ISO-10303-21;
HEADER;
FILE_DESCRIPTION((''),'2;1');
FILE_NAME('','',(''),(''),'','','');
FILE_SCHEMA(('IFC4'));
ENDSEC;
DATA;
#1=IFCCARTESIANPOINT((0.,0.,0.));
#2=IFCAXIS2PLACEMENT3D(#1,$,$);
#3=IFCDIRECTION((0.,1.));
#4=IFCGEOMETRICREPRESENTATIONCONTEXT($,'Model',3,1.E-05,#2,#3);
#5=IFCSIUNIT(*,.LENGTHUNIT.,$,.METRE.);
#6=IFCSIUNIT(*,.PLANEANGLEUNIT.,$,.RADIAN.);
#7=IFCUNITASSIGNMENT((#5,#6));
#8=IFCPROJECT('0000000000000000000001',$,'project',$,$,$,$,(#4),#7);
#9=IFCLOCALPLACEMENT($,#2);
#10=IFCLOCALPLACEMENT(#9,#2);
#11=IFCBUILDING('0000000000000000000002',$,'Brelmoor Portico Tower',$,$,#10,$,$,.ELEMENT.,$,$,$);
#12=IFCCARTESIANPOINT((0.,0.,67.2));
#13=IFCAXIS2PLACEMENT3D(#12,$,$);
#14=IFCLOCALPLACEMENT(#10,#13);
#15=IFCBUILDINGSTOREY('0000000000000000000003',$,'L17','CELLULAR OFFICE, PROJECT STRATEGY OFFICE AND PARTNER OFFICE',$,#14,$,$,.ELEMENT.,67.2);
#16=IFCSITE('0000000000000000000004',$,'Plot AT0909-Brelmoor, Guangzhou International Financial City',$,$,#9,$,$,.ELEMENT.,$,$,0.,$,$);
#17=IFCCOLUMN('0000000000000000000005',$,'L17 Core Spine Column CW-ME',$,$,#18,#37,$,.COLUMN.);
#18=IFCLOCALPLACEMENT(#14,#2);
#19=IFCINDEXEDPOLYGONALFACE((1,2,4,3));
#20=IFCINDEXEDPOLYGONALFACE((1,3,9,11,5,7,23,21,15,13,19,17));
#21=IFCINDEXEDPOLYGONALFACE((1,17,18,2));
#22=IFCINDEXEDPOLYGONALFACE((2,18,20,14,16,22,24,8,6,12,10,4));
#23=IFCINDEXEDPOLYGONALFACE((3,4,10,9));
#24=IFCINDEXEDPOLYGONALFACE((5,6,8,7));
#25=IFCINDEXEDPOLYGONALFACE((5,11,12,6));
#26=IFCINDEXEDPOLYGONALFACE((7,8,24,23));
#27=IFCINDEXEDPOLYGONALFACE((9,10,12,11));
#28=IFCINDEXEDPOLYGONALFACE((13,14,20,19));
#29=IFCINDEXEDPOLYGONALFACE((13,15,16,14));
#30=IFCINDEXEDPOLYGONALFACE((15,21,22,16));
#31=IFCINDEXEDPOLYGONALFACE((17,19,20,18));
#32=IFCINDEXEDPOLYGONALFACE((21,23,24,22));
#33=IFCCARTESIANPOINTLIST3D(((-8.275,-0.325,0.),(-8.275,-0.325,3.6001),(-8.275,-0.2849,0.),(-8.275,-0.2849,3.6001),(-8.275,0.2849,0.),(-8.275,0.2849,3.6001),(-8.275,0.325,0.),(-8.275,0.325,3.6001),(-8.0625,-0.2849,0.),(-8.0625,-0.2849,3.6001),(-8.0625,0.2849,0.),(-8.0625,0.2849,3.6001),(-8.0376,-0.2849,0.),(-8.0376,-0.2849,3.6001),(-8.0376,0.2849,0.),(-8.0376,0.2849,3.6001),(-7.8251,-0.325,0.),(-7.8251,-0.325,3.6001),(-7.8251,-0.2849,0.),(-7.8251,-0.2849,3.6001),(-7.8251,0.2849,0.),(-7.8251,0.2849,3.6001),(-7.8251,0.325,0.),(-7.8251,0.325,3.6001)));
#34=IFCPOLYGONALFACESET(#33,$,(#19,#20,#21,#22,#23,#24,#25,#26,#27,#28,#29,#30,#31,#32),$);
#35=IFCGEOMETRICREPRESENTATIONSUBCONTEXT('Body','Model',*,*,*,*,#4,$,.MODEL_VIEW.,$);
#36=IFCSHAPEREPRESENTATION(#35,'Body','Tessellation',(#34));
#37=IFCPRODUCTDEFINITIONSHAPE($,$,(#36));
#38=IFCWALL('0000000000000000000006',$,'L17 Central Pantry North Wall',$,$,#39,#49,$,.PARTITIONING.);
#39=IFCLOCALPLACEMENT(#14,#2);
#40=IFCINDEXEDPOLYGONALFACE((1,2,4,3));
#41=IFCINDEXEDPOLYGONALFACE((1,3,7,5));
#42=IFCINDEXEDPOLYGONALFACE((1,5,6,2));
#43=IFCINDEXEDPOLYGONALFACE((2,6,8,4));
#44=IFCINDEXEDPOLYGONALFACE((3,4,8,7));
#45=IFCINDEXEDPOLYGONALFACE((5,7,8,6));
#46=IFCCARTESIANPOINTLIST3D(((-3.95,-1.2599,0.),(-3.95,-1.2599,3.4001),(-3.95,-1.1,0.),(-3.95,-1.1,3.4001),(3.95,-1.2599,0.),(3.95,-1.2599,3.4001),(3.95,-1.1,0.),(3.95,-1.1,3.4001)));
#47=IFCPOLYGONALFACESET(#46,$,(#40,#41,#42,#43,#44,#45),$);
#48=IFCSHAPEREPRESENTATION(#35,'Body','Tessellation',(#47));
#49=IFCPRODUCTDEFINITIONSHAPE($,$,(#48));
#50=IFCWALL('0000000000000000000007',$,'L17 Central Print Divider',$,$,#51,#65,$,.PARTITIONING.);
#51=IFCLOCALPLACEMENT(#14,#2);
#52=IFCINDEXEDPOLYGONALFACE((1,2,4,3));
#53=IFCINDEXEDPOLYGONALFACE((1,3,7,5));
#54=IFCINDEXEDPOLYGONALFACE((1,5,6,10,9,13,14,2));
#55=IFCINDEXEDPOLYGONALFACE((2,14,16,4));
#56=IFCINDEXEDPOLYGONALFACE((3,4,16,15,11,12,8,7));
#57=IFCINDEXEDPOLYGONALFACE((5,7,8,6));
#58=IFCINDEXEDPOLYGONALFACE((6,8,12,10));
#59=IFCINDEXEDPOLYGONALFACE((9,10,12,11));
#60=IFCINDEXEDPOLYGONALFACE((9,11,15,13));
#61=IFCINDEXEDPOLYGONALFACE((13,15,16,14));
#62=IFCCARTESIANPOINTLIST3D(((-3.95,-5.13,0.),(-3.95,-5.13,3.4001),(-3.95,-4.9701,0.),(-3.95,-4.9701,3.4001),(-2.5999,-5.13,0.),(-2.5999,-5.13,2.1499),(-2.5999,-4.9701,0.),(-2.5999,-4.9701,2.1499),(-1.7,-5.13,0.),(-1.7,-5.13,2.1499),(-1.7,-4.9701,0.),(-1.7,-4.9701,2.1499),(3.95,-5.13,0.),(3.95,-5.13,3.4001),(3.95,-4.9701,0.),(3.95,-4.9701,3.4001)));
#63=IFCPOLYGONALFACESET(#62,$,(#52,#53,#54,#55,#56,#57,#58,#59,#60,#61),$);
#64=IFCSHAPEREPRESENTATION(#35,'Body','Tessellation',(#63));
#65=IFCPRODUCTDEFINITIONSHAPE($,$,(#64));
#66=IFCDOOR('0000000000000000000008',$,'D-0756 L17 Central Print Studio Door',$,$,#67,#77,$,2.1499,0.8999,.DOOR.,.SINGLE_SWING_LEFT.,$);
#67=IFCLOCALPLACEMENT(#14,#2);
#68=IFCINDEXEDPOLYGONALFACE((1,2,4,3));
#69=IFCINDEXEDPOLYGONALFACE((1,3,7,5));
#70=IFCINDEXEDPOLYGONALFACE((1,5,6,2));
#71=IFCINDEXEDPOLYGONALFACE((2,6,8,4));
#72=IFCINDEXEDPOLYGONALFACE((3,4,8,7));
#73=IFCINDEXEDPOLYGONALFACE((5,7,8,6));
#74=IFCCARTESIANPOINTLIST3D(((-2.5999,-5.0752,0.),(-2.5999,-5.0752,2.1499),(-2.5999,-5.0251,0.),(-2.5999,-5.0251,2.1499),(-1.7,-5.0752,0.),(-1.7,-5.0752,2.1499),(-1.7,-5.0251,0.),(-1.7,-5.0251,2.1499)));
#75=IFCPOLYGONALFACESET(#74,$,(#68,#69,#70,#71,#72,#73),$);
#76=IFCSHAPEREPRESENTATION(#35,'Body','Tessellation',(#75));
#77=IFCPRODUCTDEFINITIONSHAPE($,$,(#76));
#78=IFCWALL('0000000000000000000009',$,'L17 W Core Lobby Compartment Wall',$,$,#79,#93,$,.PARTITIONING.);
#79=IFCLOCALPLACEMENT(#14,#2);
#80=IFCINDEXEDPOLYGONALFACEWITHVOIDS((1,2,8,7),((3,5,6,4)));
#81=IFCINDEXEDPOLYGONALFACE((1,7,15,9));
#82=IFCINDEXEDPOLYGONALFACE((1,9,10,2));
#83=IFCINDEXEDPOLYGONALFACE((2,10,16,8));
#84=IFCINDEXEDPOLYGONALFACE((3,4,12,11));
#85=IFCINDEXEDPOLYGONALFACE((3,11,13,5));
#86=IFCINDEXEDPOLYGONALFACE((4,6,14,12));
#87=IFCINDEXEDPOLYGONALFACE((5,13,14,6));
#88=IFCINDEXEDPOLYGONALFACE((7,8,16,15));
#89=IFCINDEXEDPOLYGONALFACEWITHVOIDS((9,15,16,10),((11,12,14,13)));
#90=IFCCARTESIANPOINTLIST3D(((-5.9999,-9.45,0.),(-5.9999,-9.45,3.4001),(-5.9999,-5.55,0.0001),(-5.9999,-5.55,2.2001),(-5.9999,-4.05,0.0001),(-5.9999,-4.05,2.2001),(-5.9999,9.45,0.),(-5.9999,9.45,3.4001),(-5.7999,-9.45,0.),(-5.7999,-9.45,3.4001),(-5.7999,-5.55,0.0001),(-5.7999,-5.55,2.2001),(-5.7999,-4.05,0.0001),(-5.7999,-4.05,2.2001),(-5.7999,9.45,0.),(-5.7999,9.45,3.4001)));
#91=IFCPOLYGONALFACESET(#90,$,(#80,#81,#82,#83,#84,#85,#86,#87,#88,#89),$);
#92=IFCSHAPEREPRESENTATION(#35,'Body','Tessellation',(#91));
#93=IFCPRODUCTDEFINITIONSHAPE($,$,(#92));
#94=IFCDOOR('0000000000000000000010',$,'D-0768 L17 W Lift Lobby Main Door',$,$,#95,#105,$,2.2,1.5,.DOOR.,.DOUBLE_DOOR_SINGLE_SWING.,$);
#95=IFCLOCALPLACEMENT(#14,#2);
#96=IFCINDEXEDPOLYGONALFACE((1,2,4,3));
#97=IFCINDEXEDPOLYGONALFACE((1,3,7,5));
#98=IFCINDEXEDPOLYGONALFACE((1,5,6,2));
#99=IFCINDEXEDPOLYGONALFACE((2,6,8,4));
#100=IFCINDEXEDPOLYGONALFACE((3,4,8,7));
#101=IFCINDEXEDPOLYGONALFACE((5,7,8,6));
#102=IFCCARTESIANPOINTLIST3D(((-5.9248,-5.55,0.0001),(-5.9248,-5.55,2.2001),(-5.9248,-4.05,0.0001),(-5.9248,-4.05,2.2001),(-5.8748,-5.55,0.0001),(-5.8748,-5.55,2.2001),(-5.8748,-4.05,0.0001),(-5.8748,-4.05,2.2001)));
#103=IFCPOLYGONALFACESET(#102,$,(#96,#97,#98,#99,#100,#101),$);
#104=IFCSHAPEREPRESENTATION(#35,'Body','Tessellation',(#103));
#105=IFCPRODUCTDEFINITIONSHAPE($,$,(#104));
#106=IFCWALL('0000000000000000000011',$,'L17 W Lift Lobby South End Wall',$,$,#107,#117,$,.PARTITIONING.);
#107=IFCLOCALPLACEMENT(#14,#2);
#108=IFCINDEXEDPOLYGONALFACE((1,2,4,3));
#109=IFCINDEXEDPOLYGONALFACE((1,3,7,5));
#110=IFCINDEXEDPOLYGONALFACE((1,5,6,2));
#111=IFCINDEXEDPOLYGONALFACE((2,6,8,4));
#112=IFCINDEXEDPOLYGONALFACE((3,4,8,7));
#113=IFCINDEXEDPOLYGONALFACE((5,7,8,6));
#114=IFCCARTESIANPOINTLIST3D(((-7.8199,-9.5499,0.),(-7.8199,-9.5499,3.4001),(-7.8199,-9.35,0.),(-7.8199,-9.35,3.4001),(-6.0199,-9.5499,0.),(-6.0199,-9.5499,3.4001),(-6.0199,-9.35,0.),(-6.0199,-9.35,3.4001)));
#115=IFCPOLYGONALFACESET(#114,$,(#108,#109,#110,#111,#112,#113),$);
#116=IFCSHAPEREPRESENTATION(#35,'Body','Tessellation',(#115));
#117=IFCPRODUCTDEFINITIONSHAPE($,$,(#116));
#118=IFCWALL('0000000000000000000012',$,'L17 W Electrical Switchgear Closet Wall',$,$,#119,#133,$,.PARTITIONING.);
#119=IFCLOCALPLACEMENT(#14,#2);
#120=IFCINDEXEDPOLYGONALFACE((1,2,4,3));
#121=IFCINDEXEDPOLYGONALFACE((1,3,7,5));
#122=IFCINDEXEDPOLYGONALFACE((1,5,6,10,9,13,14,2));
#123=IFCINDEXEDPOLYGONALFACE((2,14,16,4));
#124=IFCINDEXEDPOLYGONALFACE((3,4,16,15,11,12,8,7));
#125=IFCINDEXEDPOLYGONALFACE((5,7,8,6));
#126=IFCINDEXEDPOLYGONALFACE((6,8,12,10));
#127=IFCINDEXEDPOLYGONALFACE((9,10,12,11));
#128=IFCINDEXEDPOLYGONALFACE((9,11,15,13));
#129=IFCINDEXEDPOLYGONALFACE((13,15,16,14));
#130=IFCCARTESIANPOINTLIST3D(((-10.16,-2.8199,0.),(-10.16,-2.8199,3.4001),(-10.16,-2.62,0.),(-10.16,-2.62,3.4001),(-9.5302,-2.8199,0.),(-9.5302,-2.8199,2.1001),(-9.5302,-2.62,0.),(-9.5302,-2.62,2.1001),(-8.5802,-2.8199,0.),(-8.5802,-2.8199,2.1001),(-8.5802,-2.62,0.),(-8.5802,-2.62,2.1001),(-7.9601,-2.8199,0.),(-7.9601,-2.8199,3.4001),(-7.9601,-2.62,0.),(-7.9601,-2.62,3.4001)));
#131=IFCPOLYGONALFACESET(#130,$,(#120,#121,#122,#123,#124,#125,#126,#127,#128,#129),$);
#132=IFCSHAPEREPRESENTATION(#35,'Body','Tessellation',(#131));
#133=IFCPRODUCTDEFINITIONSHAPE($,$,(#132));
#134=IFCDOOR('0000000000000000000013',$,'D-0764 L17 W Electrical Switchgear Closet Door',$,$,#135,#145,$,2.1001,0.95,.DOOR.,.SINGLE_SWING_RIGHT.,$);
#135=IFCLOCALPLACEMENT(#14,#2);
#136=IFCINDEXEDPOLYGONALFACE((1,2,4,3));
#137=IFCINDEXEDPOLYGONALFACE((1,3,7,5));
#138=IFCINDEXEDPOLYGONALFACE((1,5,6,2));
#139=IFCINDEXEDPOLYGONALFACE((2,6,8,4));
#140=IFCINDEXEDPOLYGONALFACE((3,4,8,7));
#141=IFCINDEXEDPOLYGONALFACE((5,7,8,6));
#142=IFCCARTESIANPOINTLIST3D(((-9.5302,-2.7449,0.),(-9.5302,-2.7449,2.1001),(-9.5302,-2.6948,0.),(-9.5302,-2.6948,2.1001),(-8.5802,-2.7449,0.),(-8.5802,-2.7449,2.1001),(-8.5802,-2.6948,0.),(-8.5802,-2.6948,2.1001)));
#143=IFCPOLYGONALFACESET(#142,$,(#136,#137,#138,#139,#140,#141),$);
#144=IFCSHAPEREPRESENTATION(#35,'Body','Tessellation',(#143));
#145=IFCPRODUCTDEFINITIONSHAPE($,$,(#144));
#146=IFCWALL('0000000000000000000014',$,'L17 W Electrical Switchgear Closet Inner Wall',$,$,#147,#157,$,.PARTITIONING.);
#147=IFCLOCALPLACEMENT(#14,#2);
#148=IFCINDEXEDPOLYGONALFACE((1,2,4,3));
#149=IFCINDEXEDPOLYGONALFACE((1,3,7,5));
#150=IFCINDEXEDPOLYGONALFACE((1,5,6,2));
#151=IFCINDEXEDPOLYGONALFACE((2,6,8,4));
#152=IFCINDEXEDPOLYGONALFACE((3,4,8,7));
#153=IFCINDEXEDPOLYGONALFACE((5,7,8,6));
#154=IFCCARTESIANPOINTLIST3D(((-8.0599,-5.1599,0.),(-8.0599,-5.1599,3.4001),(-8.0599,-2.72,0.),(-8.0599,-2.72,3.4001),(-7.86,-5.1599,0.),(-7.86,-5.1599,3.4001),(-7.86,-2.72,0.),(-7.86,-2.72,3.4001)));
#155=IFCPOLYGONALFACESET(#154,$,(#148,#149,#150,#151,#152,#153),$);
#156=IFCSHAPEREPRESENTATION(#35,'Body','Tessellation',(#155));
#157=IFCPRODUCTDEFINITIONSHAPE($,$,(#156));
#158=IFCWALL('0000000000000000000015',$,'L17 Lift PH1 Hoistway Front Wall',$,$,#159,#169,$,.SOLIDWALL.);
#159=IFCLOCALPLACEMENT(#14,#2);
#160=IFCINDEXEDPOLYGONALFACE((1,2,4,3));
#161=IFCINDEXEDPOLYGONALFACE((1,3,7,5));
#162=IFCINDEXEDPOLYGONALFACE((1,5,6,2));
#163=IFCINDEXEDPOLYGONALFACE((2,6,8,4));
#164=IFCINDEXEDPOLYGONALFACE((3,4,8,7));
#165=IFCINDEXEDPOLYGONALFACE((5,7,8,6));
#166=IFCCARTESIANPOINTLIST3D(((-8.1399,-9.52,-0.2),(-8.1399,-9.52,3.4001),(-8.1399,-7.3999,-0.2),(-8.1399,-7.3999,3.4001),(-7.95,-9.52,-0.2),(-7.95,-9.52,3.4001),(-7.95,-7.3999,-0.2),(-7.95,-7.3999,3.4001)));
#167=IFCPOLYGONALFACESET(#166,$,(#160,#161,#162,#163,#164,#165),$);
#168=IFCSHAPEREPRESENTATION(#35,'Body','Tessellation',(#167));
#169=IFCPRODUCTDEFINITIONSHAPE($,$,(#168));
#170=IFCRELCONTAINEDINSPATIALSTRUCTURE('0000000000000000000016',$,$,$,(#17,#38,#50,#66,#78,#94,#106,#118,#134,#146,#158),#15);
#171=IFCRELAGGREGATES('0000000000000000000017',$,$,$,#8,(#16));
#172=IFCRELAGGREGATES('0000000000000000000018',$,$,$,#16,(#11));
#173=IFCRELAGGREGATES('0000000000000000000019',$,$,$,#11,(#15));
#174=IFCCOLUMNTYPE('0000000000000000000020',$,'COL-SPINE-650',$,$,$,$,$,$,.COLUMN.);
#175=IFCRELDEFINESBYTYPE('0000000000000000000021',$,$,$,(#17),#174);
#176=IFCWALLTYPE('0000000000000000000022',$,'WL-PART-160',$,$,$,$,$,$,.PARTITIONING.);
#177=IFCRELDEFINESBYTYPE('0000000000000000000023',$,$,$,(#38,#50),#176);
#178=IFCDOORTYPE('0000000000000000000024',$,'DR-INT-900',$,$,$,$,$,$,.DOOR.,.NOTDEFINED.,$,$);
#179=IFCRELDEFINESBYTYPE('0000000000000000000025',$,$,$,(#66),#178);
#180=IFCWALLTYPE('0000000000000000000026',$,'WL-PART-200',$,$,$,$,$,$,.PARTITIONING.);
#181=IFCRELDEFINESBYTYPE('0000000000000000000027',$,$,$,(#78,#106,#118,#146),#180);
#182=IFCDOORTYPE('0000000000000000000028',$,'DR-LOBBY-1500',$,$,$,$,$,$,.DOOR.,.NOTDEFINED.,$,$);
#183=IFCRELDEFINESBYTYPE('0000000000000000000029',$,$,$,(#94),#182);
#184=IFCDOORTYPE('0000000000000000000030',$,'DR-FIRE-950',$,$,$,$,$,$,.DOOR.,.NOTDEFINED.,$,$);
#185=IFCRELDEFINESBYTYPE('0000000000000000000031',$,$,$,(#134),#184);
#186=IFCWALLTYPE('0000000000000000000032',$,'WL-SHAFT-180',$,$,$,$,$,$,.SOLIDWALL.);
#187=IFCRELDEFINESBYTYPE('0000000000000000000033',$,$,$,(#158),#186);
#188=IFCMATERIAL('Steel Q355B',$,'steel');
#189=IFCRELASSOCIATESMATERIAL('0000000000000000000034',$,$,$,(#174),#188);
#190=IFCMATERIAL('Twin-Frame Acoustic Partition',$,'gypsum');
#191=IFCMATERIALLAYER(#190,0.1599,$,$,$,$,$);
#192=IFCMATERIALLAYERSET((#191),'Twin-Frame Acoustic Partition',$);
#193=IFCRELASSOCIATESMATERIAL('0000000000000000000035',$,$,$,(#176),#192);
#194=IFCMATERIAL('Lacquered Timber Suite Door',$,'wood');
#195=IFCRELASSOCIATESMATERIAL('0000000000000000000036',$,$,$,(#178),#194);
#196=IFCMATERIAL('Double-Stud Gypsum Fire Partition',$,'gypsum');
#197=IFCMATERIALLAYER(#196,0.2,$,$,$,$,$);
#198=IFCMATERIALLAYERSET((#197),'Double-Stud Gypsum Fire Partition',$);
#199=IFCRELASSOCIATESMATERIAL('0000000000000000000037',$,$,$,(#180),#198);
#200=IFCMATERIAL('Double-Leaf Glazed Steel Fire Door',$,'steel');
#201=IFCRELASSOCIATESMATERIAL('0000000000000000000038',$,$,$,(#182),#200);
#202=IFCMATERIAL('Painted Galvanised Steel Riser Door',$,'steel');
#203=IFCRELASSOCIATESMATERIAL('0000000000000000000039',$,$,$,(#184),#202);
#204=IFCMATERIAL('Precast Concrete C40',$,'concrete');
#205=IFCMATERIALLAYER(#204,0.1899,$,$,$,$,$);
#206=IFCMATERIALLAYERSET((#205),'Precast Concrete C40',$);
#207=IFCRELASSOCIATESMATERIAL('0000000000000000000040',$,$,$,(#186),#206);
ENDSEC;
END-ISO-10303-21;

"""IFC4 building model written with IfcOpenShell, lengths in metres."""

from ifc_helpers import new_model, si_unit, direction, frame, frame_2d, origin, origin_2d, place, context, subcontext, project, spatial, rectangle, i_section, extrude, material, layer, layer_set, material_profile, profile_set, type_object, element, fill, save


model = new_model("IFC4")

# Units and contexts
model_context = context("Model", 3, precision=1e-05, world=origin(), true_north=direction((0.0, 1.0)))
body_context = subcontext(model_context, "Body", "Model", "MODEL_VIEW")
ifc_project = project(units=[si_unit("LENGTHUNIT", "METRE"), si_unit("PLANEANGLEUNIT", "RADIAN")], contexts=[model_context])

# Site, building, storey
site_placement = place(None, origin())
site = spatial("IfcSite", under=ifc_project, at=site_placement, Name="Plot AT0909-Brelmoor, Guangzhou International Financial City", CompositionType="ELEMENT", RefElevation=0.0)
building_placement = place(site_placement, origin())
building = spatial("IfcBuilding", under=site, at=building_placement, Name="Brelmoor Portico Tower", CompositionType="ELEMENT")
storey_placement = place(building_placement, frame((0.0, 0.0, 67.2)))
storey = spatial("IfcBuildingStorey", under=building, at=storey_placement, Name="L17", Description="CELLULAR OFFICE, PROJECT STRATEGY OFFICE AND PARTNER OFFICE", CompositionType="ELEMENT", Elevation=67.2)

# Column
ifc_material_1 = material(Name="Steel Q355B", Category="steel")
ifc_material_profile = material_profile(ifc_material_1, i_section(OverallWidth=0.45, OverallDepth=0.6499, WebThickness=0.0249, FlangeThickness=0.04, at=origin_2d()), Name="HW 650x450x25x40")
ifc_profile_set = profile_set([ifc_material_profile], Name="Steel Q355B")
column_type = type_object("IfcColumnType", Name="COL-SPINE-650", PredefinedType="COLUMN", material=ifc_profile_set)
column_placement = place(storey_placement, frame((-8.05, 0.0, 0.0), z_axis=(0.0, 0.0, 1.0), x_axis=(1.0, 0.0, 0.0)))
element("IfcColumn", 1, at=column_placement, inside=storey, type_object=column_type, Name="L17 Core Spine Column CW-ME", PredefinedType="COLUMN", context=body_context, shape_type="SweptSolid", body=[
    extrude(i_section(OverallWidth=0.45, OverallDepth=0.6499, WebThickness=0.0249, FlangeThickness=0.04, at=origin_2d()), origin(), (0.0, 0.0, 1.0), 3.6001),
])

# Wall
ifc_material_2 = material(Name="Twin-Frame Acoustic Partition", Category="gypsum")
ifc_layer_1 = layer(ifc_material_2, 0.1599)
ifc_layer_set_1 = layer_set([ifc_layer_1], Name="Twin-Frame Acoustic Partition")
wall_type_1 = type_object("IfcWallType", Name="WL-PART-160", PredefinedType="PARTITIONING", material=ifc_layer_set_1)
wall_1_placement = place(storey_placement, frame((-3.95, -1.1799, 0.0), z_axis=(0.0, 0.0, 1.0), x_axis=(1.0, 0.0, 0.0)))
element("IfcWall", 2, at=wall_1_placement, inside=storey, type_object=wall_type_1, Name="L17 Central Pantry North Wall", PredefinedType="PARTITIONING", context=body_context, shape_type="SweptSolid", body=[
    extrude(rectangle(XDim=7.8999, YDim=0.1599, at=frame_2d((3.95, 0.0))), origin(), (0.0, 0.0, 1.0), 3.4001),
])

# Walls, openings, doors
wall_2_placement = place(storey_placement, frame((-3.95, -5.05, 0.0), z_axis=(0.0, 0.0, 1.0), x_axis=(1.0, 0.0, 0.0)))
wall_2 = element("IfcWall", 3, at=wall_2_placement, inside=storey, type_object=wall_type_1, Name="L17 Central Print Divider", PredefinedType="PARTITIONING", context=body_context, shape_type="SweptSolid", body=[
    extrude(rectangle(XDim=7.8999, YDim=0.1599, at=frame_2d((3.95, 0.0))), origin(), (0.0, 0.0, 1.0), 3.4001),
])
opening_1_placement = place(wall_2_placement, frame((1.3501, 0.0, 0.0)))
opening_1 = element("IfcOpeningElement", 4, at=opening_1_placement, cuts=wall_2, PredefinedType="OPENING", context=body_context, shape_type="SweptSolid", body=[
    extrude(rectangle(XDim=0.8999, YDim=2.1499, at=frame_2d((0.45, 1.075))), frame((0.0, 0.0898, 0.0), z_axis=(0.0, -1.0, 0.0), x_axis=(1.0, 0.0, 0.0)), (0.0, 0.0, 1.0), 0.1799),
])
ifc_material_3 = material(Name="Lacquered Timber Suite Door", Category="wood")
door_type_1 = type_object("IfcDoorType", Name="DR-INT-900", OperationType="NOTDEFINED", PredefinedType="DOOR", material=ifc_material_3)
door_1_placement = place(opening_1_placement, origin())
door_1 = element("IfcDoor", 5, at=door_1_placement, inside=storey, type_object=door_type_1, Name="D-0756 L17 Central Print Studio Door", OperationType="SINGLE_SWING_LEFT", OverallHeight=2.1499, OverallWidth=0.8999, PredefinedType="DOOR", context=body_context, shape_type="SweptSolid", body=[
    extrude(rectangle(XDim=0.8999, YDim=2.1499, at=frame_2d((0.45, 1.075))), frame((0.0, 0.0249, 0.0), z_axis=(0.0, -1.0, 0.0), x_axis=(1.0, 0.0, 0.0)), (0.0, 0.0, 1.0), 0.05),
])
fill(opening_1, door_1)
ifc_material_4 = material(Name="Double-Stud Gypsum Fire Partition", Category="gypsum")
ifc_layer_2 = layer(ifc_material_4, 0.2)
ifc_layer_set_2 = layer_set([ifc_layer_2], Name="Double-Stud Gypsum Fire Partition")
wall_type_2 = type_object("IfcWallType", Name="WL-PART-200", PredefinedType="PARTITIONING", material=ifc_layer_set_2)
wall_3_placement = place(storey_placement, frame((-5.8999, -9.45, 0.0), z_axis=(0.0, 0.0, 1.0), x_axis=(0.0, 1.0, 0.0)))
wall_3 = element("IfcWall", 6, at=wall_3_placement, inside=storey, type_object=wall_type_2, Name="L17 W Core Lobby Compartment Wall", PredefinedType="PARTITIONING", context=body_context, shape_type="SweptSolid", body=[
    extrude(rectangle(XDim=18.8999, YDim=0.2, at=frame_2d((9.45, 0.0))), origin(), (0.0, 0.0, 1.0), 3.4001),
])
opening_2_placement = place(wall_3_placement, frame((3.8999, 0.0, 0.0)))
opening_2 = element("IfcOpeningElement", 7, at=opening_2_placement, cuts=wall_3, PredefinedType="OPENING", context=body_context, shape_type="SweptSolid", body=[
    extrude(rectangle(XDim=1.5, YDim=2.2, at=frame_2d((0.75, 1.1001))), frame((0.0, 0.1099, 0.0), z_axis=(0.0, -1.0, 0.0), x_axis=(1.0, 0.0, 0.0)), (0.0, 0.0, 1.0), 0.22),
])
ifc_material_5 = material(Name="Double-Leaf Glazed Steel Fire Door", Category="steel")
door_type_2 = type_object("IfcDoorType", Name="DR-LOBBY-1500", OperationType="NOTDEFINED", PredefinedType="DOOR", material=ifc_material_5)
door_2_placement = place(opening_2_placement, origin())
door_2 = element("IfcDoor", 8, at=door_2_placement, inside=storey, type_object=door_type_2, Name="D-0768 L17 W Lift Lobby Main Door", OperationType="DOUBLE_DOOR_SINGLE_SWING", OverallHeight=2.2, OverallWidth=1.5, PredefinedType="DOOR", context=body_context, shape_type="SweptSolid", body=[
    extrude(rectangle(XDim=1.5, YDim=2.2, at=frame_2d((0.75, 1.1001))), frame((0.0, 0.0249, 0.0), z_axis=(0.0, -1.0, 0.0), x_axis=(1.0, 0.0, 0.0)), (0.0, 0.0, 1.0), 0.05),
])
fill(opening_2, door_2)

# Wall
wall_4_placement = place(storey_placement, frame((-6.02, -9.45, 0.0), z_axis=(0.0, 0.0, 1.0), x_axis=(-1.0, 0.0, 0.0)))
element("IfcWall", 9, at=wall_4_placement, inside=storey, type_object=wall_type_2, Name="L17 W Lift Lobby South End Wall", PredefinedType="PARTITIONING", context=body_context, shape_type="SweptSolid", body=[
    extrude(rectangle(XDim=1.8, YDim=0.2, at=frame_2d((0.8999, 0.0))), origin(), (0.0, 0.0, 1.0), 3.4001),
])

# Wall, opening, door
wall_5_placement = place(storey_placement, frame((-7.96, -2.72, 0.0), z_axis=(0.0, 0.0, 1.0), x_axis=(-1.0, 0.0, 0.0)))
wall_5 = element("IfcWall", 10, at=wall_5_placement, inside=storey, type_object=wall_type_2, Name="L17 W Electrical Switchgear Closet Wall", PredefinedType="PARTITIONING", context=body_context, shape_type="SweptSolid", body=[
    extrude(rectangle(XDim=2.2, YDim=0.2, at=frame_2d((1.1001, 0.0))), origin(), (0.0, 0.0, 1.0), 3.4001),
])
opening_3_placement = place(wall_5_placement, frame((0.6201, 0.0, 0.0)))
opening_3 = element("IfcOpeningElement", 11, at=opening_3_placement, cuts=wall_5, PredefinedType="OPENING", context=body_context, shape_type="SweptSolid", body=[
    extrude(rectangle(XDim=0.95, YDim=2.1001, at=frame_2d((0.4751, 1.05))), frame((0.0, 0.1099, 0.0), z_axis=(0.0, -1.0, 0.0), x_axis=(1.0, 0.0, 0.0)), (0.0, 0.0, 1.0), 0.22),
])
ifc_material_6 = material(Name="Painted Galvanised Steel Riser Door", Category="steel")
door_type_3 = type_object("IfcDoorType", Name="DR-FIRE-950", OperationType="NOTDEFINED", PredefinedType="DOOR", material=ifc_material_6)
door_3_placement = place(opening_3_placement, origin())
door_3 = element("IfcDoor", 12, at=door_3_placement, inside=storey, type_object=door_type_3, Name="D-0764 L17 W Electrical Switchgear Closet Door", OperationType="SINGLE_SWING_RIGHT", OverallHeight=2.1001, OverallWidth=0.95, PredefinedType="DOOR", context=body_context, shape_type="SweptSolid", body=[
    extrude(rectangle(XDim=0.95, YDim=2.1001, at=frame_2d((0.4751, 1.05))), frame((0.0, 0.0249, 0.0), z_axis=(0.0, -1.0, 0.0), x_axis=(1.0, 0.0, 0.0)), (0.0, 0.0, 1.0), 0.05),
])
fill(opening_3, door_3)

# Walls
wall_6_placement = place(storey_placement, frame((-7.96, -5.1599, 0.0), z_axis=(0.0, 0.0, 1.0), x_axis=(0.0, 1.0, 0.0)))
element("IfcWall", 13, at=wall_6_placement, inside=storey, type_object=wall_type_2, Name="L17 W Electrical Switchgear Closet Inner Wall", PredefinedType="PARTITIONING", context=body_context, shape_type="SweptSolid", body=[
    extrude(rectangle(XDim=2.4399, YDim=0.2, at=frame_2d((1.22, 0.0))), origin(), (0.0, 0.0, 1.0), 3.4001),
])
ifc_material_7 = material(Name="Precast Concrete C40", Category="concrete")
ifc_layer_3 = layer(ifc_material_7, 0.1899)
ifc_layer_set_3 = layer_set([ifc_layer_3], Name="Precast Concrete C40")
wall_type_3 = type_object("IfcWallType", Name="WL-SHAFT-180", PredefinedType="SOLIDWALL", material=ifc_layer_set_3)
wall_7_placement = place(storey_placement, frame((-8.0449, -9.52, -0.2), z_axis=(0.0, 0.0, 1.0), x_axis=(0.0, 1.0, 0.0)))
element("IfcWall", 14, at=wall_7_placement, inside=storey, type_object=wall_type_3, Name="L17 Lift PH1 Hoistway Front Wall", PredefinedType="SOLIDWALL", context=body_context, shape_type="SweptSolid", body=[
    extrude(rectangle(XDim=2.1201, YDim=0.1899, at=frame_2d((1.0601, 0.0))), origin(), (0.0, 0.0, 1.0), 3.6001),
])

save(model, "model.ifc")
